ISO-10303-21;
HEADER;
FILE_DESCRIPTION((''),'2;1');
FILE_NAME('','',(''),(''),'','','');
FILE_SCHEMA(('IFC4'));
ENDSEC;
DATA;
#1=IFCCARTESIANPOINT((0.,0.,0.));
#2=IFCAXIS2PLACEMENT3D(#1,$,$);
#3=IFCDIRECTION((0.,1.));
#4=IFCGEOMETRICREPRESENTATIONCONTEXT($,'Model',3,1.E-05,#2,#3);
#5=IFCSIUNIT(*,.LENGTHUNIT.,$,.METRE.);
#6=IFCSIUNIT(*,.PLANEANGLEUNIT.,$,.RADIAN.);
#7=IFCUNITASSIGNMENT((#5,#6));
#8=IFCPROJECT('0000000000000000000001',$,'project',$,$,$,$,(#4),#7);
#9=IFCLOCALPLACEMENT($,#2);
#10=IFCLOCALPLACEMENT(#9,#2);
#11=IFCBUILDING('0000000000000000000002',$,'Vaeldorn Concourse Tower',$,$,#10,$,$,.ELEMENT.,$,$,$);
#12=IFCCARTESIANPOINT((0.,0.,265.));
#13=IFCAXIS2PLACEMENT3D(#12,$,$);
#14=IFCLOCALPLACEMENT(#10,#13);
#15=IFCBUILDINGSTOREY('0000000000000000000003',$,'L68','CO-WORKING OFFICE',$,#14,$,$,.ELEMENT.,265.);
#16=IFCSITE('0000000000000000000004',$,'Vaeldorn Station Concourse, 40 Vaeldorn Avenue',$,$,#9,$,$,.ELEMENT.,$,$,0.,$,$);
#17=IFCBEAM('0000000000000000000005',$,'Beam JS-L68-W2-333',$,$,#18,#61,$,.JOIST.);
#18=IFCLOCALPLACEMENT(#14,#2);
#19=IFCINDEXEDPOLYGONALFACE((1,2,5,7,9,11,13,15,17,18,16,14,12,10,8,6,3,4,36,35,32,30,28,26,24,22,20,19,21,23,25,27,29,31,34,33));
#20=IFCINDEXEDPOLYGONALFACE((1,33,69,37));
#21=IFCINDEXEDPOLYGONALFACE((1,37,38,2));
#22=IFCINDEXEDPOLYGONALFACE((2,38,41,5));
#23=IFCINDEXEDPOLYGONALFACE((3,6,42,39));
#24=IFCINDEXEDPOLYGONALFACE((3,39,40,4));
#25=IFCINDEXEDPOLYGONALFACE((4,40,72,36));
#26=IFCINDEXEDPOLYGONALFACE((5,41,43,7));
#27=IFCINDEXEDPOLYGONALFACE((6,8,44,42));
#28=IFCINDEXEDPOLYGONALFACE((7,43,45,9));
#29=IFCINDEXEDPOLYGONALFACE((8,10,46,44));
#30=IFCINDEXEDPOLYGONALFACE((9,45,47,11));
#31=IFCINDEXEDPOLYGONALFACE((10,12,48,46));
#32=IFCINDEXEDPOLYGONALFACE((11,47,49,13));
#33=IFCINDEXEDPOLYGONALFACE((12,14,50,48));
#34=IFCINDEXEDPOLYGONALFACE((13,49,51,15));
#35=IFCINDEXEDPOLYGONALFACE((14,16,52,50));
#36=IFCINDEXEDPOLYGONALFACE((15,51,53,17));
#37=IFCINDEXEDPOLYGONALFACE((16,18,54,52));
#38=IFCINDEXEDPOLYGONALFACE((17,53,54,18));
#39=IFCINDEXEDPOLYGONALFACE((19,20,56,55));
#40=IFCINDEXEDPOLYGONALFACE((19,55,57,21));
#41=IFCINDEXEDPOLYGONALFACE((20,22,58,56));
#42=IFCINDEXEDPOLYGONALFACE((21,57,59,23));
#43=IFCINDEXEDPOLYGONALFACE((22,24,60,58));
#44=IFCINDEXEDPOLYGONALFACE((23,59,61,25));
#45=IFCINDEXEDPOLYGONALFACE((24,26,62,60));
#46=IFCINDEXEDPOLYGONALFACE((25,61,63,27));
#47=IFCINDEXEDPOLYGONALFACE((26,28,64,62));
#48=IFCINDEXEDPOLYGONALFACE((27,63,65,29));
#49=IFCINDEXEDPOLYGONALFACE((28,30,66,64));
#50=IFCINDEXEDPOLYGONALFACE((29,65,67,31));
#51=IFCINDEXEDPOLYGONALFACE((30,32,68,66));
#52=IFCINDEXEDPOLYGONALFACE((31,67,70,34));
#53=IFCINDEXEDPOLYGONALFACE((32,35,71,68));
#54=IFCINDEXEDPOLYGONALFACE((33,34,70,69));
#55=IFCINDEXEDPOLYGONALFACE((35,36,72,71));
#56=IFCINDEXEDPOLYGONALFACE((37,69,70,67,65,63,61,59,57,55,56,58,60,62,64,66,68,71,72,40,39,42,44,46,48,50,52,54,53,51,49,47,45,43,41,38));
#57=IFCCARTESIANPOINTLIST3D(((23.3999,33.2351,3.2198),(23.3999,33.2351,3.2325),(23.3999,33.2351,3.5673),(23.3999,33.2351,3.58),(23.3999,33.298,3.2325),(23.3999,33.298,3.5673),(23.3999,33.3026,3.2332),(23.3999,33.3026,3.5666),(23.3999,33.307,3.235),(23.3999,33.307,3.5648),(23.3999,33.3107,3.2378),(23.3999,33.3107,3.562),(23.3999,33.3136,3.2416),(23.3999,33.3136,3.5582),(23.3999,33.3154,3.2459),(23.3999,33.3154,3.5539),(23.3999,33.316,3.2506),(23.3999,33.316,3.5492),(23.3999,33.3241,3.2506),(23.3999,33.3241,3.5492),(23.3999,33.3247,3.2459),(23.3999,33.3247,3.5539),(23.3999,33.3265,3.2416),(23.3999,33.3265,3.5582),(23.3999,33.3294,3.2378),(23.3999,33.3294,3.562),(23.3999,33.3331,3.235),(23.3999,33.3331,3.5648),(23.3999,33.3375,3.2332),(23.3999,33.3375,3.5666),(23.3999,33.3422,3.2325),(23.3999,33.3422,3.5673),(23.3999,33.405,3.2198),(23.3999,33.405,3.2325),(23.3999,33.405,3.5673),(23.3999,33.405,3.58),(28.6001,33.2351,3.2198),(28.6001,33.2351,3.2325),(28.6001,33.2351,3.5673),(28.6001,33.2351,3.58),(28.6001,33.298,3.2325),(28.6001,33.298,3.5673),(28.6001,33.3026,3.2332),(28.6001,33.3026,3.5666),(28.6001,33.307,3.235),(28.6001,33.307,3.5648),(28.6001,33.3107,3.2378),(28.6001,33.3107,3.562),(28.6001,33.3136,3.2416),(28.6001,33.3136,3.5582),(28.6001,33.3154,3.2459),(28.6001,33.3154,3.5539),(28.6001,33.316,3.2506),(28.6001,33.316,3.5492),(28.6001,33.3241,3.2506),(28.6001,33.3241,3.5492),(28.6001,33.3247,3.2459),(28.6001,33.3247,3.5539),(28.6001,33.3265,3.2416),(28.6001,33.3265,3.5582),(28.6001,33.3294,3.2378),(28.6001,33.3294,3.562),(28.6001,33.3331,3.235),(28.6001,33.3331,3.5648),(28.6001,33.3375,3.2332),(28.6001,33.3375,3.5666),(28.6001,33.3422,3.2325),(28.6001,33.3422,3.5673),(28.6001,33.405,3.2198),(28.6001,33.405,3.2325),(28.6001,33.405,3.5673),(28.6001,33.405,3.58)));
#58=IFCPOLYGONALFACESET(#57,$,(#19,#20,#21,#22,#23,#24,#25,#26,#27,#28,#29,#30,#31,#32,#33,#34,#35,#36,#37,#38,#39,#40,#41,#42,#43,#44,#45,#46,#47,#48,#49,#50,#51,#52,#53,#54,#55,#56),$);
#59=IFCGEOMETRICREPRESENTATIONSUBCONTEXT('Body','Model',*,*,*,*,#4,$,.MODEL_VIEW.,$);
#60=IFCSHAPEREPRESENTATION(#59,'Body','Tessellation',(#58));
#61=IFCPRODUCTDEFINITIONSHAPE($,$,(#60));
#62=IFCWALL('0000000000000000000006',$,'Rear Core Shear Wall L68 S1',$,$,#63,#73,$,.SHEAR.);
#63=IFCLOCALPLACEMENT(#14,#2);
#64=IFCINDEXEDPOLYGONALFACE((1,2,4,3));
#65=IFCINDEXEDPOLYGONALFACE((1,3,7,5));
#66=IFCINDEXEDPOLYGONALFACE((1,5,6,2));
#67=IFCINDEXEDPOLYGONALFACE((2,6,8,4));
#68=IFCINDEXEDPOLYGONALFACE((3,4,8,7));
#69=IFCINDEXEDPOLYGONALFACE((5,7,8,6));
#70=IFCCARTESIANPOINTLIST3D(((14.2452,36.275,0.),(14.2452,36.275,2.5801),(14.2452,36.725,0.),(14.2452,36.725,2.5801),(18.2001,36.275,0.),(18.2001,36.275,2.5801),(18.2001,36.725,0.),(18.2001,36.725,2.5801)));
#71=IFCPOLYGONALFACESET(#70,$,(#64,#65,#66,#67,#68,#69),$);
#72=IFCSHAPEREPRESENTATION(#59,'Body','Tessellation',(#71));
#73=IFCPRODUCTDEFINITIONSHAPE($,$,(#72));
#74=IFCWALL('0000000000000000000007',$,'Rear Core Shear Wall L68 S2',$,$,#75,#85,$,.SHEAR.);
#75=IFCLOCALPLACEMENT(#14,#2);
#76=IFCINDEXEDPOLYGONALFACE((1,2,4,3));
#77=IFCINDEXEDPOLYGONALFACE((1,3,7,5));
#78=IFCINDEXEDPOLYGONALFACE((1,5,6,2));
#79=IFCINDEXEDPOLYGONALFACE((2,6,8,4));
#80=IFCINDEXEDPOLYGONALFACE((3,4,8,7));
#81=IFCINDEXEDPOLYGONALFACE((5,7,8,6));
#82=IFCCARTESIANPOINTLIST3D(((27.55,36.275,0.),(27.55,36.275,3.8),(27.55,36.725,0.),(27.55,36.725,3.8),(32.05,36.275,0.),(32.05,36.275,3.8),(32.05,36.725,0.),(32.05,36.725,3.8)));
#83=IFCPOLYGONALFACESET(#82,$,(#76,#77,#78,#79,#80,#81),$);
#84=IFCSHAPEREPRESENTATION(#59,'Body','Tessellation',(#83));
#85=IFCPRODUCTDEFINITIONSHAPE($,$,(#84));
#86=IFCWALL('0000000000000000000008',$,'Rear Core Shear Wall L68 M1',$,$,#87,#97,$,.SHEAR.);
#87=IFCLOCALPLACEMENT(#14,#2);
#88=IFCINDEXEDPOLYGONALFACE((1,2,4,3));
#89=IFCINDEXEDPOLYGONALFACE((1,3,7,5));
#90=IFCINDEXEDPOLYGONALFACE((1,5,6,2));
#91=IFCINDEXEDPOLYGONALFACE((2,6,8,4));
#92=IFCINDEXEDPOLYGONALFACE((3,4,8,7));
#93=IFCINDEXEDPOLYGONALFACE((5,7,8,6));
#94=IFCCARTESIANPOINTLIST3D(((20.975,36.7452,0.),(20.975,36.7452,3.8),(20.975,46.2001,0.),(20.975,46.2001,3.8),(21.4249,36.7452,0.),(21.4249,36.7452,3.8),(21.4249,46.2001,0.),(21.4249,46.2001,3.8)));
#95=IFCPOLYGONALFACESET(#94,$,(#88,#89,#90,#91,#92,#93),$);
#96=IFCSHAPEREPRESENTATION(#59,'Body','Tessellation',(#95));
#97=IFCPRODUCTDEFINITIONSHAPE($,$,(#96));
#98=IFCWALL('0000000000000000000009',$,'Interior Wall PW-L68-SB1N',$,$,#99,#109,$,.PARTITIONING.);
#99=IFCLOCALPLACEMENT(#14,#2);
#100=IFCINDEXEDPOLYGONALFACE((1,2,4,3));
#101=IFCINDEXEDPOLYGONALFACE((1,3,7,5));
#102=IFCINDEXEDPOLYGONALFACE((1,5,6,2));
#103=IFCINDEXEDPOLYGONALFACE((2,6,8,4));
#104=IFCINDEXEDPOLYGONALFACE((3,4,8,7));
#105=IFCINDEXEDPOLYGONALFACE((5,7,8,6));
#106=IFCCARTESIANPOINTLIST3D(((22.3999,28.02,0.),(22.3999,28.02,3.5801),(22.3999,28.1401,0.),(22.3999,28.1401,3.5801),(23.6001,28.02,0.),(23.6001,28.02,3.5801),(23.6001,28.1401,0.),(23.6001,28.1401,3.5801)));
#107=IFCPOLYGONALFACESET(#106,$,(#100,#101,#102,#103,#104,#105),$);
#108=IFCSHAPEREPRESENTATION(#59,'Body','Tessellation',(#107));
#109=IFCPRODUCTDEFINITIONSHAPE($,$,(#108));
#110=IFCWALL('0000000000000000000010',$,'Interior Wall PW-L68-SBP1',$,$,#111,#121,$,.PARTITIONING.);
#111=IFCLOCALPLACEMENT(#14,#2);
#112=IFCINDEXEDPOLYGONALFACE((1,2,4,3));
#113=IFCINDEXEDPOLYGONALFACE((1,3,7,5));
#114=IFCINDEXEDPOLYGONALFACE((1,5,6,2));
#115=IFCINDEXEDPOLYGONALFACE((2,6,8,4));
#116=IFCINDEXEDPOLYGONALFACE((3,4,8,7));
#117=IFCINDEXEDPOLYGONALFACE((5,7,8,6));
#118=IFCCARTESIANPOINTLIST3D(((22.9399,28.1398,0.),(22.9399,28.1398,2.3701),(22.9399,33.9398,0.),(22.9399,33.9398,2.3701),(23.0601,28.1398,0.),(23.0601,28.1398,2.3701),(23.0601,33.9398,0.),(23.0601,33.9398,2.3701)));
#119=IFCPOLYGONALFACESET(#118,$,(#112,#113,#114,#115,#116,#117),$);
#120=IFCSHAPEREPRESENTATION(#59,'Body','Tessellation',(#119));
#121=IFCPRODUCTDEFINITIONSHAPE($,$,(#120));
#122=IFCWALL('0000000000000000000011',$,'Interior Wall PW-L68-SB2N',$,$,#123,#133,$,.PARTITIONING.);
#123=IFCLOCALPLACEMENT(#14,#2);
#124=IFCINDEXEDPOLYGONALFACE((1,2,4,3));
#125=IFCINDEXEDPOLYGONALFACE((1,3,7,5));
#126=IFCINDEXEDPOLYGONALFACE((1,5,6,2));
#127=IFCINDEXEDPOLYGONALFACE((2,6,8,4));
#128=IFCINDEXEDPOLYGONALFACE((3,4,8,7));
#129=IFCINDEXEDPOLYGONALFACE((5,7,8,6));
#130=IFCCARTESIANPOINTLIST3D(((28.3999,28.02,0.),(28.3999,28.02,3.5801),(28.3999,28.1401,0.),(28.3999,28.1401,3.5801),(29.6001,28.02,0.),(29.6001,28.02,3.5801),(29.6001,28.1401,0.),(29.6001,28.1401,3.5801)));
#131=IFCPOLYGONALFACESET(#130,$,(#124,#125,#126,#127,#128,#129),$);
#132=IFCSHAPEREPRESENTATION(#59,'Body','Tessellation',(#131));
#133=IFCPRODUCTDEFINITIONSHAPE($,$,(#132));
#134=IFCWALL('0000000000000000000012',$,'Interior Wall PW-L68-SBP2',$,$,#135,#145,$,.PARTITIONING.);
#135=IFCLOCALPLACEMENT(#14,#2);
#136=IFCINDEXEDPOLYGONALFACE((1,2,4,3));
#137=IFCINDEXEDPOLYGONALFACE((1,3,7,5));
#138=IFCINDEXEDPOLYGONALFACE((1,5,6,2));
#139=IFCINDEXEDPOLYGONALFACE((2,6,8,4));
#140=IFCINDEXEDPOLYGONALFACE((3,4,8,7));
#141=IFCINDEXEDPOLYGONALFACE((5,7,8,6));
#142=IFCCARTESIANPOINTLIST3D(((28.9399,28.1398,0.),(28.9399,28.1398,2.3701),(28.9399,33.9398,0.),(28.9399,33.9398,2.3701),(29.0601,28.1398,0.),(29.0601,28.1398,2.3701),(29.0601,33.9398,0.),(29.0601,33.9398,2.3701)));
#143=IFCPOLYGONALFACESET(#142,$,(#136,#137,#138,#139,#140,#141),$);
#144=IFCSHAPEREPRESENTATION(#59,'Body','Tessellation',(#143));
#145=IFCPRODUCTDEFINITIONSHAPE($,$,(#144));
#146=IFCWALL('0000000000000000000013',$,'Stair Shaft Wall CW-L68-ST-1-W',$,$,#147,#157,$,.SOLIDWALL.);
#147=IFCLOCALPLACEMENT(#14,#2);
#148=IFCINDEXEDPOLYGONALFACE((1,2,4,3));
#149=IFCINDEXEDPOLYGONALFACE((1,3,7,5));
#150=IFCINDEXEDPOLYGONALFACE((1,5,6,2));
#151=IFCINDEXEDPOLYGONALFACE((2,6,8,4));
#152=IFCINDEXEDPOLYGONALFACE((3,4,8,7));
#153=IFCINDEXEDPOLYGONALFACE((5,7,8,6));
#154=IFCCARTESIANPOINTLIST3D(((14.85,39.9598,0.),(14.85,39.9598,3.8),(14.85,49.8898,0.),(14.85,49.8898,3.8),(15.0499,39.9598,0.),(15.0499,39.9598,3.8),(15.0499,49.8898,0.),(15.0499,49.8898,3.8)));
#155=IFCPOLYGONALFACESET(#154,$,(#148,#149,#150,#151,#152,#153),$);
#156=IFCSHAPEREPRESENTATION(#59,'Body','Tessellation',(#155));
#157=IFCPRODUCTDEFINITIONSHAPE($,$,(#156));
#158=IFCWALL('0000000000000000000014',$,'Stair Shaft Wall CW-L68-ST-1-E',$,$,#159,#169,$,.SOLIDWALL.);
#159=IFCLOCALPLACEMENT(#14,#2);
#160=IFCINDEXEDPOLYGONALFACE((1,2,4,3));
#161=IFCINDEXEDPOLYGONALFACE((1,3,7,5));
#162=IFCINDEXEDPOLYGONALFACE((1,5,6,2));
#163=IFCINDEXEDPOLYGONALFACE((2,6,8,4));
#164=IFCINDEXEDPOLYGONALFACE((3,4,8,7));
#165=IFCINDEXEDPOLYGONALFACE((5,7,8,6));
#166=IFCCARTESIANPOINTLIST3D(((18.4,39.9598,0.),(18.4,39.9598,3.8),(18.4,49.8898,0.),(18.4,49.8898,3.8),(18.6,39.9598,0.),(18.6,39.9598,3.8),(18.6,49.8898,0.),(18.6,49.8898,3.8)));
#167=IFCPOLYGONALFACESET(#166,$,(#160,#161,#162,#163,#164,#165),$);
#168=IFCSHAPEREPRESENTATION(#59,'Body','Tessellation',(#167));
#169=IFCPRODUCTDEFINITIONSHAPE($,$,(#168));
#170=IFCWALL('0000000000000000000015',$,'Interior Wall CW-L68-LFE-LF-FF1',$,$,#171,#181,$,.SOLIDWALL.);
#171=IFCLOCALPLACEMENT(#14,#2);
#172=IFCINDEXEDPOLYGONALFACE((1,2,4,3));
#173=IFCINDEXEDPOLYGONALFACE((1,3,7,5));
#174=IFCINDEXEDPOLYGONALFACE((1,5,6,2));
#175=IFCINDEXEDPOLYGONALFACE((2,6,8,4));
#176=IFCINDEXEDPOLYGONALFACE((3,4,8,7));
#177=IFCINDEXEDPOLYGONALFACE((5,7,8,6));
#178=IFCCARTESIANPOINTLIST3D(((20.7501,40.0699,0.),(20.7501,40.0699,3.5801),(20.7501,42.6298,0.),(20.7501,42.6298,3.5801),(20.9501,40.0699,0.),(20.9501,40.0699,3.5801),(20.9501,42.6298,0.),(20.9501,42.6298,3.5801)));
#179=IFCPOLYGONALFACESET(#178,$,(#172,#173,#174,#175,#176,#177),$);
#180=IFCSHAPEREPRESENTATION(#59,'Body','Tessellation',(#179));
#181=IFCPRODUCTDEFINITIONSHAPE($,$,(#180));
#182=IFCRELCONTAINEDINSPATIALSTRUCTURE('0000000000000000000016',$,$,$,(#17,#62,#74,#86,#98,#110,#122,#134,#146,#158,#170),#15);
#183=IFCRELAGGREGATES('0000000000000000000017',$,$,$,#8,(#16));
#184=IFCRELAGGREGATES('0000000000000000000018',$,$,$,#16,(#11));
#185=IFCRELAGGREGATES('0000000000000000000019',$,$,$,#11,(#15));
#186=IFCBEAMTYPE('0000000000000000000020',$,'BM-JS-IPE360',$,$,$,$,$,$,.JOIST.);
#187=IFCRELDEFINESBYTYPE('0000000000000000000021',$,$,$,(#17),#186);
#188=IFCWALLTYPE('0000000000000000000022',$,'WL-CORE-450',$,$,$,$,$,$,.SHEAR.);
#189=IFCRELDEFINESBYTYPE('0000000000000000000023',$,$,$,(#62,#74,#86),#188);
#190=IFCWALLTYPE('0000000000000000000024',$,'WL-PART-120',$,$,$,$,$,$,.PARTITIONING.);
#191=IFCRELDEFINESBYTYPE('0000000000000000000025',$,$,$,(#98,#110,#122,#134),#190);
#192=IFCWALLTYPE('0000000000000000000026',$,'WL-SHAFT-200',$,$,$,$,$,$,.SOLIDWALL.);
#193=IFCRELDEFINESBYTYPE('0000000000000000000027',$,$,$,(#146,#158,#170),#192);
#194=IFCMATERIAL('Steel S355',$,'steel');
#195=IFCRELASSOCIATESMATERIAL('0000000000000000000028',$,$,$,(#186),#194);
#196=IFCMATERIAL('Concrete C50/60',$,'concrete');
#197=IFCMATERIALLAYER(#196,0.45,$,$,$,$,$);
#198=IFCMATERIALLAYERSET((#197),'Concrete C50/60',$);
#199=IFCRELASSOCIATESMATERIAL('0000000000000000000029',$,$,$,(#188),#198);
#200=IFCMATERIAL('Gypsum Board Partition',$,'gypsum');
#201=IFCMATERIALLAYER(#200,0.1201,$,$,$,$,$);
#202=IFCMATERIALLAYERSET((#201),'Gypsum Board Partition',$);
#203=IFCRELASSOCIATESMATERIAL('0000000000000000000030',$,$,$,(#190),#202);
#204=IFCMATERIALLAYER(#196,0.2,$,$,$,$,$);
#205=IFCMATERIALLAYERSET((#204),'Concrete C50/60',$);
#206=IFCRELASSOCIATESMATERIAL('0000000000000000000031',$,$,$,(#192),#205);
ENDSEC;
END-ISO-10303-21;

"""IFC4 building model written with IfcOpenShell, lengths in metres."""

from ifc_helpers import new_model, si_unit, direction, frame, frame_2d, origin, origin_2d, place, context, subcontext, project, spatial, rectangle, i_section, extrude, source, transform, mapped, material, layer, layer_set, material_profile, profile_set, type_object, element, save


model = new_model("IFC4")

# Units and contexts
model_context = context("Model", 3, precision=1e-05, world=origin(), true_north=direction((0.0, 1.0)))
body_context = subcontext(model_context, "Body", "Model", "MODEL_VIEW")
ifc_project = project(units=[si_unit("LENGTHUNIT", "METRE"), si_unit("PLANEANGLEUNIT", "RADIAN")], contexts=[model_context])

# Site, building, storey
site_placement = place(None, origin())
site = spatial("IfcSite", under=ifc_project, at=site_placement, Name="Vaeldorn Station Concourse, 40 Vaeldorn Avenue", CompositionType="ELEMENT", RefElevation=0.0)
building_placement = place(site_placement, origin())
building = spatial("IfcBuilding", under=site, at=building_placement, Name="Vaeldorn Concourse Tower", CompositionType="ELEMENT")
storey_placement = place(building_placement, frame((0.0, 0.0, 265.0)))
storey = spatial("IfcBuildingStorey", under=building, at=storey_placement, Name="L68", Description="CO-WORKING OFFICE", CompositionType="ELEMENT", Elevation=265.0)

# Beam
ifc_material_1 = material(Name="Steel S355", Category="steel")
ifc_material_profile_1 = material_profile(ifc_material_1, i_section(OverallWidth=0.1699, OverallDepth=0.3601, WebThickness=0.0081, FlangeThickness=0.0127, FilletRadius=0.0181, at=origin_2d()), Name="IPE 360")
ifc_profile_set_1 = profile_set([ifc_material_profile_1], Name="Steel S355")
beam_type_1 = type_object("IfcBeamType", Name="BM-JS-IPE360", PredefinedType="JOIST", material=ifc_profile_set_1)
shared_shape_1 = source(origin(), body_context, "Body", "SweptSolid", [
    extrude(i_section(OverallWidth=0.1699, OverallDepth=0.3601, WebThickness=0.0081, FlangeThickness=0.0127, FilletRadius=0.0181, at=origin_2d()), origin(), (0.0, 0.0, 1.0), 5.2002),
])
for number, where, z_axis, x_axis, name in (
    (1, (23.3999, 33.3201, 3.3999), (1.0, 0.0, 0.0), (0.0, 1.0, 0.0), "Beam JS-L68-W2-333"),
):
    element("IfcBeam", number, at=place(storey_placement, frame(where, z_axis=z_axis, x_axis=x_axis)), inside=storey, type_object=beam_type_1, Name=name, PredefinedType="JOIST", context=body_context, shape_type="MappedRepresentation", body=[
        mapped(shared_shape_1, transform((0.0, 0.0, 0.0), scale=1.0)),
    ])

# Walls
ifc_material_2 = material(Name="Concrete C50/60", Category="concrete")
ifc_layer_1 = layer(ifc_material_2, 0.45)
ifc_layer_set_1 = layer_set([ifc_layer_1], Name="Concrete C50/60")
wall_type_1 = type_object("IfcWallType", Name="WL-CORE-450", PredefinedType="SHEAR", material=ifc_layer_set_1)
wall_1_placement = place(storey_placement, frame((14.2451, 36.5, 0.0), z_axis=(0.0, 0.0, 1.0), x_axis=(1.0, 0.0, 0.0)))
element("IfcWall", 2, at=wall_1_placement, inside=storey, type_object=wall_type_1, Name="Rear Core Shear Wall L68 S1", PredefinedType="SHEAR", context=body_context, shape_type="SweptSolid", body=[
    extrude(rectangle(XDim=3.9548, YDim=0.45, at=frame_2d((1.9775, 0.0))), origin(), (0.0, 0.0, 1.0), 2.5801),
])
wall_2_placement = place(storey_placement, frame((27.55, 36.5, 0.0), z_axis=(0.0, 0.0, 1.0), x_axis=(1.0, 0.0, 0.0)))
element("IfcWall", 3, at=wall_2_placement, inside=storey, type_object=wall_type_1, Name="Rear Core Shear Wall L68 S2", PredefinedType="SHEAR", context=body_context, shape_type="SweptSolid", body=[
    extrude(rectangle(XDim=4.5, YDim=0.45, at=frame_2d((2.25, 0.0))), origin(), (0.0, 0.0, 1.0), 3.8),
])
wall_3_placement = place(storey_placement, frame((21.2, 36.7451, 0.0), z_axis=(0.0, 0.0, 1.0), x_axis=(0.0, 1.0, 0.0)))
element("IfcWall", 4, at=wall_3_placement, inside=storey, type_object=wall_type_1, Name="Rear Core Shear Wall L68 M1", PredefinedType="SHEAR", context=body_context, shape_type="SweptSolid", body=[
    extrude(rectangle(XDim=9.4548, YDim=0.45, at=frame_2d((4.7275, 0.0))), origin(), (0.0, 0.0, 1.0), 3.8),
])
ifc_material_3 = material(Name="Gypsum Board Partition", Category="gypsum")
ifc_layer_2 = layer(ifc_material_3, 0.1201)
ifc_layer_set_2 = layer_set([ifc_layer_2], Name="Gypsum Board Partition")
wall_type_2 = type_object("IfcWallType", Name="WL-PART-120", PredefinedType="PARTITIONING", material=ifc_layer_set_2)
wall_4_placement = place(storey_placement, frame((22.3999, 28.0801, 0.0), z_axis=(0.0, 0.0, 1.0), x_axis=(1.0, 0.0, 0.0)))
element("IfcWall", 5, at=wall_4_placement, inside=storey, type_object=wall_type_2, Name="Interior Wall PW-L68-SB1N", PredefinedType="PARTITIONING", context=body_context, shape_type="SweptSolid", body=[
    extrude(rectangle(XDim=1.2002, YDim=0.1201, at=frame_2d((0.6001, 0.0))), origin(), (0.0, 0.0, 1.0), 3.5801),
])
wall_5_placement = place(storey_placement, frame((23.0, 28.1399, 0.0), z_axis=(0.0, 0.0, 1.0), x_axis=(0.0, 1.0, 0.0)))
element("IfcWall", 6, at=wall_5_placement, inside=storey, type_object=wall_type_2, Name="Interior Wall PW-L68-SBP1", PredefinedType="PARTITIONING", context=body_context, shape_type="SweptSolid", body=[
    extrude(rectangle(XDim=5.8, YDim=0.1201, at=frame_2d((2.8999, 0.0))), origin(), (0.0, 0.0, 1.0), 2.3701),
])
wall_6_placement = place(storey_placement, frame((28.3999, 28.0801, 0.0), z_axis=(0.0, 0.0, 1.0), x_axis=(1.0, 0.0, 0.0)))
element("IfcWall", 7, at=wall_6_placement, inside=storey, type_object=wall_type_2, Name="Interior Wall PW-L68-SB2N", PredefinedType="PARTITIONING", context=body_context, shape_type="SweptSolid", body=[
    extrude(rectangle(XDim=1.2002, YDim=0.1201, at=frame_2d((0.6001, 0.0))), origin(), (0.0, 0.0, 1.0), 3.5801),
])
wall_7_placement = place(storey_placement, frame((29.0, 28.1399, 0.0), z_axis=(0.0, 0.0, 1.0), x_axis=(0.0, 1.0, 0.0)))
element("IfcWall", 8, at=wall_7_placement, inside=storey, type_object=wall_type_2, Name="Interior Wall PW-L68-SBP2", PredefinedType="PARTITIONING", context=body_context, shape_type="SweptSolid", body=[
    extrude(rectangle(XDim=5.8, YDim=0.1201, at=frame_2d((2.8999, 0.0))), origin(), (0.0, 0.0, 1.0), 2.3701),
])

# Shared definitions
ifc_layer_3 = layer(ifc_material_2, 0.2)
ifc_layer_set_3 = layer_set([ifc_layer_3], Name="Concrete C50/60")
wall_type_3 = type_object("IfcWallType", Name="WL-SHAFT-200", PredefinedType="SOLIDWALL", material=ifc_layer_set_3)

# Walls
for number, where, z_axis, x_axis, name in (
    (9, (14.95, 39.96, 0.0), (0.0, 0.0, 1.0), (0.0, 1.0, 0.0), "Stair Shaft Wall CW-L68-ST-1-W"),
    (10, (18.5, 39.96, 0.0), (0.0, 0.0, 1.0), (0.0, 1.0, 0.0), "Stair Shaft Wall CW-L68-ST-1-E"),
):
    element("IfcWall", number, at=place(storey_placement, frame(where, z_axis=z_axis, x_axis=x_axis)), inside=storey, type_object=wall_type_3, Name=name, PredefinedType="SOLIDWALL", context=body_context, shape_type="SweptSolid", body=[
        extrude(rectangle(XDim=9.9299, YDim=0.2, at=frame_2d((4.9648, 0.0))), origin(), (0.0, 0.0, 1.0), 3.8),
    ])

# Wall
wall_8_placement = place(storey_placement, frame((20.8501, 40.0701, 0.0), z_axis=(0.0, 0.0, 1.0), x_axis=(0.0, 1.0, 0.0)))
element("IfcWall", 11, at=wall_8_placement, inside=storey, type_object=wall_type_3, Name="Interior Wall CW-L68-LFE-LF-FF1", PredefinedType="SOLIDWALL", context=body_context, shape_type="SweptSolid", body=[
    extrude(rectangle(XDim=2.5598, YDim=0.2, at=frame_2d((1.2798, 0.0))), origin(), (0.0, 0.0, 1.0), 3.5801),
])

save(model, "model.ifc")
